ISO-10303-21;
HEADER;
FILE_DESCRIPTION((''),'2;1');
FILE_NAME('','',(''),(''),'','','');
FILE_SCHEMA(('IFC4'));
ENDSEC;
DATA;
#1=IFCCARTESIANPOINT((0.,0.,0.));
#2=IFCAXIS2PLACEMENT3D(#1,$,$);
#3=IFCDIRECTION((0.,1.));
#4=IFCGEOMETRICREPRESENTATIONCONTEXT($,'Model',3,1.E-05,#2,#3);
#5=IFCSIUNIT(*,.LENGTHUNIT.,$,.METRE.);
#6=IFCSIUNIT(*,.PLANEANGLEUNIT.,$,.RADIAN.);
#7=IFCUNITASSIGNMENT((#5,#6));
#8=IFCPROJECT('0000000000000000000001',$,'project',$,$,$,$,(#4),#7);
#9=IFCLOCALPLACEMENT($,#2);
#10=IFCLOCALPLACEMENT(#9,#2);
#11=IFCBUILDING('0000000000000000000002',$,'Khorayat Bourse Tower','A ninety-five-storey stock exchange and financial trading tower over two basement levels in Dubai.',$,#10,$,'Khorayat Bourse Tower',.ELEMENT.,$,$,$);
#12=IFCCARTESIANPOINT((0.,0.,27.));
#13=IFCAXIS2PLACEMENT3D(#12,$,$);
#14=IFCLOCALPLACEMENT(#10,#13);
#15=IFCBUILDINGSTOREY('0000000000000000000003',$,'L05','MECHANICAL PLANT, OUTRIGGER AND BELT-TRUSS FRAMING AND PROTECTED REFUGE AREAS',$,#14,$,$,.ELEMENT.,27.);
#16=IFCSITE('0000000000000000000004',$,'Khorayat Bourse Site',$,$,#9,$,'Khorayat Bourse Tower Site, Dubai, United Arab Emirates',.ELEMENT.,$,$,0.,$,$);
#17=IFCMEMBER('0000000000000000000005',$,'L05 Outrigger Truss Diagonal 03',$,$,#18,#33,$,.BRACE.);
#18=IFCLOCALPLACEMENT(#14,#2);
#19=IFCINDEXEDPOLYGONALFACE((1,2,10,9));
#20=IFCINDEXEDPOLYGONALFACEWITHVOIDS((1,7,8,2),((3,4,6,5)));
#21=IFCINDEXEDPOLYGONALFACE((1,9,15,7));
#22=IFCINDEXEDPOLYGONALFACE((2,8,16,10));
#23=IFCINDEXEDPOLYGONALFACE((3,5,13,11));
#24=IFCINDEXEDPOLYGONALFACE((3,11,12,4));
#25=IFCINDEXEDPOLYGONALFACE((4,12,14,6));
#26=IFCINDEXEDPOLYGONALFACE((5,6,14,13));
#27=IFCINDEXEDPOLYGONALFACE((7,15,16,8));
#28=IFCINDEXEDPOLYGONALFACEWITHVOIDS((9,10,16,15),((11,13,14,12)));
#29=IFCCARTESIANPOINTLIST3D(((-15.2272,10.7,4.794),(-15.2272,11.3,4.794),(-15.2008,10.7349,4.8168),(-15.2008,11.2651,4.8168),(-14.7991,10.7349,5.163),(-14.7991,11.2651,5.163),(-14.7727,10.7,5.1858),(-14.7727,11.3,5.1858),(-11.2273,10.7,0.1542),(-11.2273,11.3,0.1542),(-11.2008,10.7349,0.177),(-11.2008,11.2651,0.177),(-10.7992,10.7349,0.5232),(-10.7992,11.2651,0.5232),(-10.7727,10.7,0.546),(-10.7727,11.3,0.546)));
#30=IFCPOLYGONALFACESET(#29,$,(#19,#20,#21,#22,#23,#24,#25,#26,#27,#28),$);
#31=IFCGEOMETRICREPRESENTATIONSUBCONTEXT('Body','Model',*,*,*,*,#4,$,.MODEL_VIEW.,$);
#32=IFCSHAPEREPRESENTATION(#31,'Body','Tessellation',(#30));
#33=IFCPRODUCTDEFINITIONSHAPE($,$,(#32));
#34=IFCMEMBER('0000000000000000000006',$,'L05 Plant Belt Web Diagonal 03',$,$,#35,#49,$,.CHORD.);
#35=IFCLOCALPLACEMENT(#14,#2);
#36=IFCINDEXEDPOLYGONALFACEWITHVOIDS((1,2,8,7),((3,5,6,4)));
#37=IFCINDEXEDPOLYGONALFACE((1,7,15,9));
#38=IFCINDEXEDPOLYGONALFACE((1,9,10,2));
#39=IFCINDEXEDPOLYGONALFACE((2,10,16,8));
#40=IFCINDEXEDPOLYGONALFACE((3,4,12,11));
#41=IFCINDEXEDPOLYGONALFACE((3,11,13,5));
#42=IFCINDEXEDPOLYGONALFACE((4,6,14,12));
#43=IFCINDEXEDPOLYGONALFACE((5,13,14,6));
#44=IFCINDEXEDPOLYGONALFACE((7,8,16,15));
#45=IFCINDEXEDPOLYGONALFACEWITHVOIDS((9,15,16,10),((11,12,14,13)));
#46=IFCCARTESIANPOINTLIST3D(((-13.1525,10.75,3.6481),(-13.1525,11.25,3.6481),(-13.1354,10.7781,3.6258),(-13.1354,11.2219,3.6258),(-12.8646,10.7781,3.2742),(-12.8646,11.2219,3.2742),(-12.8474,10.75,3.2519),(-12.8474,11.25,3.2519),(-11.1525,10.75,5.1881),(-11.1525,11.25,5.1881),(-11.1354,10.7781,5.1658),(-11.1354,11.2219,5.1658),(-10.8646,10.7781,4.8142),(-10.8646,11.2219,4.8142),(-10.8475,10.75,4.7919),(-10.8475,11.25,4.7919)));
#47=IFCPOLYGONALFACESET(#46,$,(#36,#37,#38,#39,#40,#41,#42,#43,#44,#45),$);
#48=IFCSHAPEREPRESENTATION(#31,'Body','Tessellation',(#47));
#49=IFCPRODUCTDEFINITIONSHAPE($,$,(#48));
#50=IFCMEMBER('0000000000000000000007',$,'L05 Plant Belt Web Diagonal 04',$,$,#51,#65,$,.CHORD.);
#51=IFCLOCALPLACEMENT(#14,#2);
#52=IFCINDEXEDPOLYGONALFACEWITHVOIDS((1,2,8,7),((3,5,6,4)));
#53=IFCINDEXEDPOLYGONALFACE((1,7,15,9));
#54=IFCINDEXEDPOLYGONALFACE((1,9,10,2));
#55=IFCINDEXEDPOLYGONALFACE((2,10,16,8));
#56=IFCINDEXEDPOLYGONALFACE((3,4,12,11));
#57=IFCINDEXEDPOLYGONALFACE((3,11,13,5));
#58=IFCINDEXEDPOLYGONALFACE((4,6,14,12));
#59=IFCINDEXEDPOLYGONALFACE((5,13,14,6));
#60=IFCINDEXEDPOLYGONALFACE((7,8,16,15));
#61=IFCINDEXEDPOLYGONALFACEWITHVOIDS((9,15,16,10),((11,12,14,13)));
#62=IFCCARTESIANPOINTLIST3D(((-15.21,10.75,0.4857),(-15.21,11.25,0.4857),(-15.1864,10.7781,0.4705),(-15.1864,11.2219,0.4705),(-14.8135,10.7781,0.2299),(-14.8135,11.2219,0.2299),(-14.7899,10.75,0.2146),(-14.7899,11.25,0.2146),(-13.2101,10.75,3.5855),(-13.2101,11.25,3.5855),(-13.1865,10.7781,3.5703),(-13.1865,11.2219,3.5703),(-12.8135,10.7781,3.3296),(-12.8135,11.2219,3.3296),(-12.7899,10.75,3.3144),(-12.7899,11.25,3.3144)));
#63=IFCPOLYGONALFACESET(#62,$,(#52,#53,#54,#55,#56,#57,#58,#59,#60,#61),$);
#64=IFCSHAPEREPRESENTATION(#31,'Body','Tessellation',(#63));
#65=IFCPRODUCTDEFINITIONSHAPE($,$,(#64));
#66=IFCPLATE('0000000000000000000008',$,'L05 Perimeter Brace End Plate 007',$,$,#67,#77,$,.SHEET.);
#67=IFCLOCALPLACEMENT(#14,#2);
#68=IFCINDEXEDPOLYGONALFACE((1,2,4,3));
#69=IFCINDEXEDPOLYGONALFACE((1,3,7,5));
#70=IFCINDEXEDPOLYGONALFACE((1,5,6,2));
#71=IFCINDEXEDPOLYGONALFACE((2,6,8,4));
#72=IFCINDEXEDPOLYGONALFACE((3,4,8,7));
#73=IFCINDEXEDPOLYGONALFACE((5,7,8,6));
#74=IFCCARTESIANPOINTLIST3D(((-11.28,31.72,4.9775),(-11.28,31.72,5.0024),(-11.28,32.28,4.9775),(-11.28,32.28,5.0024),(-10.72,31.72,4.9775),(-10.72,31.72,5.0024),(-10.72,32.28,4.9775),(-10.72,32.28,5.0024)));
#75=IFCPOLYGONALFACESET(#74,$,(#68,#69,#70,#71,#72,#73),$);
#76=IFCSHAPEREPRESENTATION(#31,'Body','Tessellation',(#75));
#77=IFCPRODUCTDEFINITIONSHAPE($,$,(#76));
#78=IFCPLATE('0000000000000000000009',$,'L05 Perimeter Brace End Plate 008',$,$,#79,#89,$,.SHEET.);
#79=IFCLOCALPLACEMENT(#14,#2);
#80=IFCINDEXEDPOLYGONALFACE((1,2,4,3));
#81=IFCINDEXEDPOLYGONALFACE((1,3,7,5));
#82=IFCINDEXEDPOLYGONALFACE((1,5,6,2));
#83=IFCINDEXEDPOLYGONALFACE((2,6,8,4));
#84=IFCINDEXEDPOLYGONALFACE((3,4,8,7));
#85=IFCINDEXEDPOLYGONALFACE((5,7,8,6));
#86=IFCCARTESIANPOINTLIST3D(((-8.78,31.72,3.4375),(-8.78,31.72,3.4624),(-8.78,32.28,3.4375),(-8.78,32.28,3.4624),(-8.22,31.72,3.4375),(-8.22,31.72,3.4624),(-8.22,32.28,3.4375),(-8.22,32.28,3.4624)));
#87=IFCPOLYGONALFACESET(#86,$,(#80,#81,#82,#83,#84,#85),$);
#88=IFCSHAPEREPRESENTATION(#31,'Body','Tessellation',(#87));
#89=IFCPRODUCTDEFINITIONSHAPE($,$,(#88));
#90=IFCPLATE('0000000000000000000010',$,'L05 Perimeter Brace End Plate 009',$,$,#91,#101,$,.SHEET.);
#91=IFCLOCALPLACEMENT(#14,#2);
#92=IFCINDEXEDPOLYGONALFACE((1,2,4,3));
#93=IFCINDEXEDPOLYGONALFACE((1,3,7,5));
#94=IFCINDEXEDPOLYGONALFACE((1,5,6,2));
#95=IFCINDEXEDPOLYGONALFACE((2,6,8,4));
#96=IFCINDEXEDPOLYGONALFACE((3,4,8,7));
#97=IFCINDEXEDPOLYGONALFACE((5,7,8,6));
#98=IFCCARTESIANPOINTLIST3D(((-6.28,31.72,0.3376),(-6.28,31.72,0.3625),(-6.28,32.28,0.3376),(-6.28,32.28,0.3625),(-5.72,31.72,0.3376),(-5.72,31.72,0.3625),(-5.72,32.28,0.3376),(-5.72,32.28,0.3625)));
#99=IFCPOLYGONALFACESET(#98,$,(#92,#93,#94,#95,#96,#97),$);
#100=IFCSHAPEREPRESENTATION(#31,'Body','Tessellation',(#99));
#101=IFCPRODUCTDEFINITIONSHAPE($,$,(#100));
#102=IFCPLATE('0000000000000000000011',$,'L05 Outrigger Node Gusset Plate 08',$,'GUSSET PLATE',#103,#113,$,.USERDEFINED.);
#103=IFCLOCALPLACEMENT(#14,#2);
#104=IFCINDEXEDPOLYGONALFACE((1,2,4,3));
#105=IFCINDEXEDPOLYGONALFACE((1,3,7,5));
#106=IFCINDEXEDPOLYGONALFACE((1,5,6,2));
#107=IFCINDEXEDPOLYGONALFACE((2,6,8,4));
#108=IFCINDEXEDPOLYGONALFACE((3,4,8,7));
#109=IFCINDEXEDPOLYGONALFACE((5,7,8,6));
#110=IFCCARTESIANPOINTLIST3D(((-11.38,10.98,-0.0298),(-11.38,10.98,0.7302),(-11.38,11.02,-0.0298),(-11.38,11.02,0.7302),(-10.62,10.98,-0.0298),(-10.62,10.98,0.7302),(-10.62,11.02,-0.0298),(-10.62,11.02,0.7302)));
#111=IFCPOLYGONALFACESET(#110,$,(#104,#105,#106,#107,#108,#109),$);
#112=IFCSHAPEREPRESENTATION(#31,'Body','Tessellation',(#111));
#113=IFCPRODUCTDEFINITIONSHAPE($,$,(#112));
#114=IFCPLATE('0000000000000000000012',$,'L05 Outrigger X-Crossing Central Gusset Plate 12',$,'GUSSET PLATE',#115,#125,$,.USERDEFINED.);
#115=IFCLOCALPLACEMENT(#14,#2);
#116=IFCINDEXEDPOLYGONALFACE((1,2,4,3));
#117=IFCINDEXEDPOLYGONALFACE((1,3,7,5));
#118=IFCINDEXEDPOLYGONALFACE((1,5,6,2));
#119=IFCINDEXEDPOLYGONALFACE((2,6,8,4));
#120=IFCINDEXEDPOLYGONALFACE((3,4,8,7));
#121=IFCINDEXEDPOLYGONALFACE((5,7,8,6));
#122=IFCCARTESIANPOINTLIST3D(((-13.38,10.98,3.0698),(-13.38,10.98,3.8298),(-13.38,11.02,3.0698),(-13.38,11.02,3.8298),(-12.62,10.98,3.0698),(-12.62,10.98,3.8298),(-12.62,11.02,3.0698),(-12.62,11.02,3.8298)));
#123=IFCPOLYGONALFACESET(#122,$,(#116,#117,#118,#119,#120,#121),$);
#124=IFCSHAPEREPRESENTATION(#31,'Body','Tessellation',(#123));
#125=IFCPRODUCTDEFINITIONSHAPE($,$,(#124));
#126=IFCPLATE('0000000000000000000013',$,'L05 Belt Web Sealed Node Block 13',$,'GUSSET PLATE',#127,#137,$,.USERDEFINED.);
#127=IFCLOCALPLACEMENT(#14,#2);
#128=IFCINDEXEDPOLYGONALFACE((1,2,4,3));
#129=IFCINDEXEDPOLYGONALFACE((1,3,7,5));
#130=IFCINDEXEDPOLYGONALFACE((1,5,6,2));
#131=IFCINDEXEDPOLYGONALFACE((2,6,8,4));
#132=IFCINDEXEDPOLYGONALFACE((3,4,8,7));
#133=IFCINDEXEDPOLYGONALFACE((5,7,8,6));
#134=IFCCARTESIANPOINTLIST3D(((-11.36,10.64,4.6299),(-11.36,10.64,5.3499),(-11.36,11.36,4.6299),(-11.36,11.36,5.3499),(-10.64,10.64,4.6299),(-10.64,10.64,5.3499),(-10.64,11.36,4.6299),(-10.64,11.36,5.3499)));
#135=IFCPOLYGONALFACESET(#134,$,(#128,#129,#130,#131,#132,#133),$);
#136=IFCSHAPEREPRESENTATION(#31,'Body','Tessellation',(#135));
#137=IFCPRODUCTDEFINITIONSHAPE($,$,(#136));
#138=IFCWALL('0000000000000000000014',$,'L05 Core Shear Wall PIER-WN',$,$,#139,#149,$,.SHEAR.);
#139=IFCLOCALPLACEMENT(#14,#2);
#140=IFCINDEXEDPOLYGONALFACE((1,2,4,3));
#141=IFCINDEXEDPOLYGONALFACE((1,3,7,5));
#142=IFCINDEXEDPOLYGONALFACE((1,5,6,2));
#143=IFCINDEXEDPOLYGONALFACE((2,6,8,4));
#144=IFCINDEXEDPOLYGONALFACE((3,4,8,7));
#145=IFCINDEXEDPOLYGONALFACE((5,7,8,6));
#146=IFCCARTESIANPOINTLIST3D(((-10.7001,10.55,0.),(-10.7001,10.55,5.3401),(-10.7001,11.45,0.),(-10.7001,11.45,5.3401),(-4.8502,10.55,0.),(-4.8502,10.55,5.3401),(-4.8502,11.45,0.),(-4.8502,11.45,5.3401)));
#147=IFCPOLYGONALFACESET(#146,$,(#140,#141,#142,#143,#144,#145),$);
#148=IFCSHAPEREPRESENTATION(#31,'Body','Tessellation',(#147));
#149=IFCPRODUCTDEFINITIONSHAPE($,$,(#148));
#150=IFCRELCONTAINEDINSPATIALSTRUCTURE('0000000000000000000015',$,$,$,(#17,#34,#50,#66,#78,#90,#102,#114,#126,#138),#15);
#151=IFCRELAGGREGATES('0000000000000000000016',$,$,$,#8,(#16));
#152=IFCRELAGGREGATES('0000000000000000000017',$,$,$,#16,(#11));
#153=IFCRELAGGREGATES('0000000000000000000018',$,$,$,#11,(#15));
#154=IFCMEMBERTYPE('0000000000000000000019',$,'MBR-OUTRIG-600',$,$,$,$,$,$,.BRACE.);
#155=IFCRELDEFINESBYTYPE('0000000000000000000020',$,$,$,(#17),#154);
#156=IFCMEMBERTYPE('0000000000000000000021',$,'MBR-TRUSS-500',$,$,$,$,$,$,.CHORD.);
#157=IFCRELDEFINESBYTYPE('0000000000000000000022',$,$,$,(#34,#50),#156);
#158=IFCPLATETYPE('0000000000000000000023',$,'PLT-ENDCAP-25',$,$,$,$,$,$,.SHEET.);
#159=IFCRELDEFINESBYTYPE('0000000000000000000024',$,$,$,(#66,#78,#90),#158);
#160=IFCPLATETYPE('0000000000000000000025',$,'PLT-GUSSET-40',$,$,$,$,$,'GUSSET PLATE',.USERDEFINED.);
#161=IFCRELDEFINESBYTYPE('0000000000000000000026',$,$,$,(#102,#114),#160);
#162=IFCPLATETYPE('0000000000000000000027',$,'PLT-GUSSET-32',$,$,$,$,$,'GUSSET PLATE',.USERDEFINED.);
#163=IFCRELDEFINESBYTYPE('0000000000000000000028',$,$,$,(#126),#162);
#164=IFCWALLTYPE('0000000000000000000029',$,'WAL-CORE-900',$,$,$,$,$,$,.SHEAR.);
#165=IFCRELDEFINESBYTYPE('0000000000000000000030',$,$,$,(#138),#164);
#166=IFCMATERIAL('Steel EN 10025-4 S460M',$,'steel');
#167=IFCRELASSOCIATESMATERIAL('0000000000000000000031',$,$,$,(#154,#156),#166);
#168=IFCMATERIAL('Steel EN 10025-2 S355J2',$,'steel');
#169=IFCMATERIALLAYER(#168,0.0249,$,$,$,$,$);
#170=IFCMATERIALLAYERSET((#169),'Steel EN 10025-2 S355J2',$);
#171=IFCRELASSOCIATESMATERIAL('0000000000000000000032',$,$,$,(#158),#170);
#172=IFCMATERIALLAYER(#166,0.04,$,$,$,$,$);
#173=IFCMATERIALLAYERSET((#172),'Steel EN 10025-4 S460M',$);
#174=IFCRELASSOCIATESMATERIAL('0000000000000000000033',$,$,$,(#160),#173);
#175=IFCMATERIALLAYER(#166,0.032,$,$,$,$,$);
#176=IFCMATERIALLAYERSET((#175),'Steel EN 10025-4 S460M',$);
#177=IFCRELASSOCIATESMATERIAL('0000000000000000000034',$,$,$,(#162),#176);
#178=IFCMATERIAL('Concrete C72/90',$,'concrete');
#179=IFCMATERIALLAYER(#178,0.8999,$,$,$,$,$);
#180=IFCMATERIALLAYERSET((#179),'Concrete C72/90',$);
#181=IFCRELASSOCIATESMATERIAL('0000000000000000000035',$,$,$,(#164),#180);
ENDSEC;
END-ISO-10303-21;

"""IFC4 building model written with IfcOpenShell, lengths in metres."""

from ifc_helpers import new_model, si_unit, direction, frame, frame_2d, origin, origin_2d, place, context, subcontext, project, spatial, rectangle, hollow_rectangle, extrude, source, transform, mapped, material, layer, layer_set, material_profile, profile_set, type_object, element, save


model = new_model("IFC4")

# Units and contexts
model_context = context("Model", 3, precision=1e-05, world=origin(), true_north=direction((0.0, 1.0)))
body_context = subcontext(model_context, "Body", "Model", "MODEL_VIEW")
ifc_project = project(units=[si_unit("LENGTHUNIT", "METRE"), si_unit("PLANEANGLEUNIT", "RADIAN")], contexts=[model_context])

# Site, building, storey
site_placement = place(None, origin())
site = spatial("IfcSite", under=ifc_project, at=site_placement, Name="Khorayat Bourse Site", LongName="Khorayat Bourse Tower Site, Dubai, United Arab Emirates", CompositionType="ELEMENT", RefElevation=0.0)
building_placement = place(site_placement, origin())
building = spatial("IfcBuilding", under=site, at=building_placement, Name="Khorayat Bourse Tower", Description="A ninety-five-storey stock exchange and financial trading tower over two basement levels in Dubai.", LongName="Khorayat Bourse Tower", CompositionType="ELEMENT")
storey_placement = place(building_placement, frame((0.0, 0.0, 27.0)))
storey = spatial("IfcBuildingStorey", under=building, at=storey_placement, Name="L05", Description="MECHANICAL PLANT, OUTRIGGER AND BELT-TRUSS FRAMING AND PROTECTED REFUGE AREAS", CompositionType="ELEMENT", Elevation=27.0)

# Shared definitions
ifc_material_1 = material(Name="Steel EN 10025-4 S460M", Category="steel")
ifc_material_2 = material(Name="Concrete C72/90", Category="concrete")

# Members
ifc_material_profile_1 = material_profile(ifc_material_1, hollow_rectangle(XDim=0.6001, YDim=0.6001, WallThickness=0.0349, at=origin_2d()), Name="BOX 600x600x35")
ifc_profile_set_1 = profile_set([ifc_material_profile_1], Name="Steel EN 10025-4 S460M")
member_type_1 = type_object("IfcMemberType", Name="MBR-OUTRIG-600", PredefinedType="BRACE", material=ifc_profile_set_1)
shared_shape_1 = source(origin(), body_context, "Body", "SweptSolid", [
    extrude(hollow_rectangle(XDim=0.6001, YDim=0.6001, WallThickness=0.0349, at=origin_2d()), origin(), (0.0, 0.0, 1.0), 6.126),
])
member_1_placement = place(storey_placement, frame((-11.0, 11.0, 0.3501), z_axis=(-0.652948, 0.0, 0.757402), x_axis=(0.0, -1.0, 0.0)))
element("IfcMember", 1, at=member_1_placement, inside=storey, type_object=member_type_1, Name="L05 Outrigger Truss Diagonal 03", PredefinedType="BRACE", context=body_context, shape_type="MappedRepresentation", body=[
    mapped(shared_shape_1, transform((0.0, 0.0, 0.0), scale=1.0)),
])
ifc_material_profile_2 = material_profile(ifc_material_1, hollow_rectangle(XDim=0.5, YDim=0.5, WallThickness=0.0281, at=origin_2d()), Name="HSS 500x500x28")
ifc_profile_set_2 = profile_set([ifc_material_profile_2], Name="Steel EN 10025-4 S460M")
member_type_2 = type_object("IfcMemberType", Name="MBR-TRUSS-500", PredefinedType="CHORD", material=ifc_profile_set_2)
shared_shape_2 = source(origin(), body_context, "Body", "SweptSolid", [
    extrude(hollow_rectangle(XDim=0.5, YDim=0.5, WallThickness=0.0281, at=origin_2d()), origin(), (0.0, 0.0, 1.0), 2.5242),
])
member_2_placement = place(storey_placement, frame((-11.0, 11.0, 4.99), z_axis=(-0.792322, 0.0, -0.610103), x_axis=(0.0, -1.0, 0.0)))
element("IfcMember", 2, at=member_2_placement, inside=storey, type_object=member_type_2, Name="L05 Plant Belt Web Diagonal 03", PredefinedType="CHORD", context=body_context, shape_type="MappedRepresentation", body=[
    mapped(shared_shape_2, transform((0.0, 0.0, 0.0), scale=1.0)),
])
shared_shape_3 = source(origin(), body_context, "Body", "SweptSolid", [
    extrude(hollow_rectangle(XDim=0.5, YDim=0.5, WallThickness=0.0281, at=origin_2d()), origin(), (0.0, 0.0, 1.0), 3.689),
])
member_3_placement = place(storey_placement, frame((-13.0, 11.0, 3.45), z_axis=(-0.542145, 0.0, -0.840285), x_axis=(0.0, -1.0, 0.0)))
element("IfcMember", 3, at=member_3_placement, inside=storey, type_object=member_type_2, Name="L05 Plant Belt Web Diagonal 04", PredefinedType="CHORD", context=body_context, shape_type="MappedRepresentation", body=[
    mapped(shared_shape_3, transform((0.0, 0.0, 0.0), scale=1.0)),
])

# Plates
ifc_material_3 = material(Name="Steel EN 10025-2 S355J2", Category="steel")
ifc_layer_1 = layer(ifc_material_3, 0.0249)
ifc_layer_set_1 = layer_set([ifc_layer_1], Name="Steel EN 10025-2 S355J2")
plate_type_1 = type_object("IfcPlateType", Name="PLT-ENDCAP-25", PredefinedType="SHEET", material=ifc_layer_set_1)
shared_shape_4 = source(origin(), body_context, "Body", "SweptSolid", [
    extrude(rectangle(XDim=0.5601, YDim=0.5601, at=origin_2d()), origin(), (0.0, 0.0, 1.0), 0.0249),
])
for number, where, z_axis, x_axis, name in (
    (4, (-11.0, 32.0, 4.9775), (0.0, 0.0, 1.0), (1.0, 0.0, 0.0), "L05 Perimeter Brace End Plate 007"),
    (5, (-8.5, 32.0, 3.4375), (0.0, 0.0, 1.0), (1.0, 0.0, 0.0), "L05 Perimeter Brace End Plate 008"),
    (6, (-6.0, 32.0, 0.3376), (0.0, 0.0, 1.0), (1.0, 0.0, 0.0), "L05 Perimeter Brace End Plate 009"),
):
    element("IfcPlate", number, at=place(storey_placement, frame(where, z_axis=z_axis, x_axis=x_axis)), inside=storey, type_object=plate_type_1, Name=name, PredefinedType="SHEET", context=body_context, shape_type="MappedRepresentation", body=[
        mapped(shared_shape_4, transform((0.0, 0.0, 0.0), scale=1.0)),
    ])
ifc_layer_2 = layer(ifc_material_1, 0.04)
ifc_layer_set_2 = layer_set([ifc_layer_2], Name="Steel EN 10025-4 S460M")
plate_type_2 = type_object("IfcPlateType", Name="PLT-GUSSET-40", ElementType="GUSSET PLATE", PredefinedType="USERDEFINED", material=ifc_layer_set_2)
shared_shape_5 = source(origin(), body_context, "Body", "SweptSolid", [
    extrude(rectangle(XDim=0.76, YDim=0.04, at=origin_2d()), origin(), (0.0, 0.0, 1.0), 0.76),
])
for number, where, z_axis, x_axis, name in (
    (7, (-11.0, 11.0, -0.0298), (0.0, 0.0, 1.0), (1.0, 0.0, 0.0), "L05 Outrigger Node Gusset Plate 08"),
    (8, (-13.0, 11.0, 3.0698), (0.0, 0.0, 1.0), (1.0, 0.0, 0.0), "L05 Outrigger X-Crossing Central Gusset Plate 12"),
):
    element("IfcPlate", number, at=place(storey_placement, frame(where, z_axis=z_axis, x_axis=x_axis)), inside=storey, type_object=plate_type_2, Name=name, ObjectType="GUSSET PLATE", PredefinedType="USERDEFINED", context=body_context, shape_type="MappedRepresentation", body=[
        mapped(shared_shape_5, transform((0.0, 0.0, 0.0), scale=1.0)),
    ])
ifc_layer_3 = layer(ifc_material_1, 0.032)
ifc_layer_set_3 = layer_set([ifc_layer_3], Name="Steel EN 10025-4 S460M")
plate_type_3 = type_object("IfcPlateType", Name="PLT-GUSSET-32", ElementType="GUSSET PLATE", PredefinedType="USERDEFINED", material=ifc_layer_set_3)
shared_shape_6 = source(origin(), body_context, "Body", "SweptSolid", [
    extrude(rectangle(XDim=0.72, YDim=0.72, at=origin_2d()), origin(), (0.0, 0.0, 1.0), 0.72),
])
plate_placement = place(storey_placement, frame((-11.0, 11.0, 4.6299), z_axis=(0.0, 0.0, 1.0), x_axis=(1.0, 0.0, 0.0)))
element("IfcPlate", 9, at=plate_placement, inside=storey, type_object=plate_type_3, Name="L05 Belt Web Sealed Node Block 13", ObjectType="GUSSET PLATE", PredefinedType="USERDEFINED", context=body_context, shape_type="MappedRepresentation", body=[
    mapped(shared_shape_6, transform((0.0, 0.0, 0.0), scale=1.0)),
])

# Wall
ifc_layer_4 = layer(ifc_material_2, 0.8999)
ifc_layer_set_4 = layer_set([ifc_layer_4], Name="Concrete C72/90")
wall_type_1 = type_object("IfcWallType", Name="WAL-CORE-900", PredefinedType="SHEAR", material=ifc_layer_set_4)
shared_shape_7 = source(origin(), body_context, "Body", "SweptSolid", [
    extrude(rectangle(XDim=5.8499, YDim=0.8999, at=frame_2d((2.9248, 0.0))), origin(), (0.0, 0.0, 1.0), 5.3401),
])
wall_1_placement = place(storey_placement, frame((-10.7, 11.0, 0.0), z_axis=(0.0, 0.0, 1.0), x_axis=(1.0, 0.0, 0.0)))
element("IfcWall", 10, at=wall_1_placement, inside=storey, type_object=wall_type_1, Name="L05 Core Shear Wall PIER-WN", PredefinedType="SHEAR", context=body_context, shape_type="MappedRepresentation", body=[
    mapped(shared_shape_7, transform((0.0, 0.0, 0.0), scale=1.0)),
])

save(model, "model.ifc")
